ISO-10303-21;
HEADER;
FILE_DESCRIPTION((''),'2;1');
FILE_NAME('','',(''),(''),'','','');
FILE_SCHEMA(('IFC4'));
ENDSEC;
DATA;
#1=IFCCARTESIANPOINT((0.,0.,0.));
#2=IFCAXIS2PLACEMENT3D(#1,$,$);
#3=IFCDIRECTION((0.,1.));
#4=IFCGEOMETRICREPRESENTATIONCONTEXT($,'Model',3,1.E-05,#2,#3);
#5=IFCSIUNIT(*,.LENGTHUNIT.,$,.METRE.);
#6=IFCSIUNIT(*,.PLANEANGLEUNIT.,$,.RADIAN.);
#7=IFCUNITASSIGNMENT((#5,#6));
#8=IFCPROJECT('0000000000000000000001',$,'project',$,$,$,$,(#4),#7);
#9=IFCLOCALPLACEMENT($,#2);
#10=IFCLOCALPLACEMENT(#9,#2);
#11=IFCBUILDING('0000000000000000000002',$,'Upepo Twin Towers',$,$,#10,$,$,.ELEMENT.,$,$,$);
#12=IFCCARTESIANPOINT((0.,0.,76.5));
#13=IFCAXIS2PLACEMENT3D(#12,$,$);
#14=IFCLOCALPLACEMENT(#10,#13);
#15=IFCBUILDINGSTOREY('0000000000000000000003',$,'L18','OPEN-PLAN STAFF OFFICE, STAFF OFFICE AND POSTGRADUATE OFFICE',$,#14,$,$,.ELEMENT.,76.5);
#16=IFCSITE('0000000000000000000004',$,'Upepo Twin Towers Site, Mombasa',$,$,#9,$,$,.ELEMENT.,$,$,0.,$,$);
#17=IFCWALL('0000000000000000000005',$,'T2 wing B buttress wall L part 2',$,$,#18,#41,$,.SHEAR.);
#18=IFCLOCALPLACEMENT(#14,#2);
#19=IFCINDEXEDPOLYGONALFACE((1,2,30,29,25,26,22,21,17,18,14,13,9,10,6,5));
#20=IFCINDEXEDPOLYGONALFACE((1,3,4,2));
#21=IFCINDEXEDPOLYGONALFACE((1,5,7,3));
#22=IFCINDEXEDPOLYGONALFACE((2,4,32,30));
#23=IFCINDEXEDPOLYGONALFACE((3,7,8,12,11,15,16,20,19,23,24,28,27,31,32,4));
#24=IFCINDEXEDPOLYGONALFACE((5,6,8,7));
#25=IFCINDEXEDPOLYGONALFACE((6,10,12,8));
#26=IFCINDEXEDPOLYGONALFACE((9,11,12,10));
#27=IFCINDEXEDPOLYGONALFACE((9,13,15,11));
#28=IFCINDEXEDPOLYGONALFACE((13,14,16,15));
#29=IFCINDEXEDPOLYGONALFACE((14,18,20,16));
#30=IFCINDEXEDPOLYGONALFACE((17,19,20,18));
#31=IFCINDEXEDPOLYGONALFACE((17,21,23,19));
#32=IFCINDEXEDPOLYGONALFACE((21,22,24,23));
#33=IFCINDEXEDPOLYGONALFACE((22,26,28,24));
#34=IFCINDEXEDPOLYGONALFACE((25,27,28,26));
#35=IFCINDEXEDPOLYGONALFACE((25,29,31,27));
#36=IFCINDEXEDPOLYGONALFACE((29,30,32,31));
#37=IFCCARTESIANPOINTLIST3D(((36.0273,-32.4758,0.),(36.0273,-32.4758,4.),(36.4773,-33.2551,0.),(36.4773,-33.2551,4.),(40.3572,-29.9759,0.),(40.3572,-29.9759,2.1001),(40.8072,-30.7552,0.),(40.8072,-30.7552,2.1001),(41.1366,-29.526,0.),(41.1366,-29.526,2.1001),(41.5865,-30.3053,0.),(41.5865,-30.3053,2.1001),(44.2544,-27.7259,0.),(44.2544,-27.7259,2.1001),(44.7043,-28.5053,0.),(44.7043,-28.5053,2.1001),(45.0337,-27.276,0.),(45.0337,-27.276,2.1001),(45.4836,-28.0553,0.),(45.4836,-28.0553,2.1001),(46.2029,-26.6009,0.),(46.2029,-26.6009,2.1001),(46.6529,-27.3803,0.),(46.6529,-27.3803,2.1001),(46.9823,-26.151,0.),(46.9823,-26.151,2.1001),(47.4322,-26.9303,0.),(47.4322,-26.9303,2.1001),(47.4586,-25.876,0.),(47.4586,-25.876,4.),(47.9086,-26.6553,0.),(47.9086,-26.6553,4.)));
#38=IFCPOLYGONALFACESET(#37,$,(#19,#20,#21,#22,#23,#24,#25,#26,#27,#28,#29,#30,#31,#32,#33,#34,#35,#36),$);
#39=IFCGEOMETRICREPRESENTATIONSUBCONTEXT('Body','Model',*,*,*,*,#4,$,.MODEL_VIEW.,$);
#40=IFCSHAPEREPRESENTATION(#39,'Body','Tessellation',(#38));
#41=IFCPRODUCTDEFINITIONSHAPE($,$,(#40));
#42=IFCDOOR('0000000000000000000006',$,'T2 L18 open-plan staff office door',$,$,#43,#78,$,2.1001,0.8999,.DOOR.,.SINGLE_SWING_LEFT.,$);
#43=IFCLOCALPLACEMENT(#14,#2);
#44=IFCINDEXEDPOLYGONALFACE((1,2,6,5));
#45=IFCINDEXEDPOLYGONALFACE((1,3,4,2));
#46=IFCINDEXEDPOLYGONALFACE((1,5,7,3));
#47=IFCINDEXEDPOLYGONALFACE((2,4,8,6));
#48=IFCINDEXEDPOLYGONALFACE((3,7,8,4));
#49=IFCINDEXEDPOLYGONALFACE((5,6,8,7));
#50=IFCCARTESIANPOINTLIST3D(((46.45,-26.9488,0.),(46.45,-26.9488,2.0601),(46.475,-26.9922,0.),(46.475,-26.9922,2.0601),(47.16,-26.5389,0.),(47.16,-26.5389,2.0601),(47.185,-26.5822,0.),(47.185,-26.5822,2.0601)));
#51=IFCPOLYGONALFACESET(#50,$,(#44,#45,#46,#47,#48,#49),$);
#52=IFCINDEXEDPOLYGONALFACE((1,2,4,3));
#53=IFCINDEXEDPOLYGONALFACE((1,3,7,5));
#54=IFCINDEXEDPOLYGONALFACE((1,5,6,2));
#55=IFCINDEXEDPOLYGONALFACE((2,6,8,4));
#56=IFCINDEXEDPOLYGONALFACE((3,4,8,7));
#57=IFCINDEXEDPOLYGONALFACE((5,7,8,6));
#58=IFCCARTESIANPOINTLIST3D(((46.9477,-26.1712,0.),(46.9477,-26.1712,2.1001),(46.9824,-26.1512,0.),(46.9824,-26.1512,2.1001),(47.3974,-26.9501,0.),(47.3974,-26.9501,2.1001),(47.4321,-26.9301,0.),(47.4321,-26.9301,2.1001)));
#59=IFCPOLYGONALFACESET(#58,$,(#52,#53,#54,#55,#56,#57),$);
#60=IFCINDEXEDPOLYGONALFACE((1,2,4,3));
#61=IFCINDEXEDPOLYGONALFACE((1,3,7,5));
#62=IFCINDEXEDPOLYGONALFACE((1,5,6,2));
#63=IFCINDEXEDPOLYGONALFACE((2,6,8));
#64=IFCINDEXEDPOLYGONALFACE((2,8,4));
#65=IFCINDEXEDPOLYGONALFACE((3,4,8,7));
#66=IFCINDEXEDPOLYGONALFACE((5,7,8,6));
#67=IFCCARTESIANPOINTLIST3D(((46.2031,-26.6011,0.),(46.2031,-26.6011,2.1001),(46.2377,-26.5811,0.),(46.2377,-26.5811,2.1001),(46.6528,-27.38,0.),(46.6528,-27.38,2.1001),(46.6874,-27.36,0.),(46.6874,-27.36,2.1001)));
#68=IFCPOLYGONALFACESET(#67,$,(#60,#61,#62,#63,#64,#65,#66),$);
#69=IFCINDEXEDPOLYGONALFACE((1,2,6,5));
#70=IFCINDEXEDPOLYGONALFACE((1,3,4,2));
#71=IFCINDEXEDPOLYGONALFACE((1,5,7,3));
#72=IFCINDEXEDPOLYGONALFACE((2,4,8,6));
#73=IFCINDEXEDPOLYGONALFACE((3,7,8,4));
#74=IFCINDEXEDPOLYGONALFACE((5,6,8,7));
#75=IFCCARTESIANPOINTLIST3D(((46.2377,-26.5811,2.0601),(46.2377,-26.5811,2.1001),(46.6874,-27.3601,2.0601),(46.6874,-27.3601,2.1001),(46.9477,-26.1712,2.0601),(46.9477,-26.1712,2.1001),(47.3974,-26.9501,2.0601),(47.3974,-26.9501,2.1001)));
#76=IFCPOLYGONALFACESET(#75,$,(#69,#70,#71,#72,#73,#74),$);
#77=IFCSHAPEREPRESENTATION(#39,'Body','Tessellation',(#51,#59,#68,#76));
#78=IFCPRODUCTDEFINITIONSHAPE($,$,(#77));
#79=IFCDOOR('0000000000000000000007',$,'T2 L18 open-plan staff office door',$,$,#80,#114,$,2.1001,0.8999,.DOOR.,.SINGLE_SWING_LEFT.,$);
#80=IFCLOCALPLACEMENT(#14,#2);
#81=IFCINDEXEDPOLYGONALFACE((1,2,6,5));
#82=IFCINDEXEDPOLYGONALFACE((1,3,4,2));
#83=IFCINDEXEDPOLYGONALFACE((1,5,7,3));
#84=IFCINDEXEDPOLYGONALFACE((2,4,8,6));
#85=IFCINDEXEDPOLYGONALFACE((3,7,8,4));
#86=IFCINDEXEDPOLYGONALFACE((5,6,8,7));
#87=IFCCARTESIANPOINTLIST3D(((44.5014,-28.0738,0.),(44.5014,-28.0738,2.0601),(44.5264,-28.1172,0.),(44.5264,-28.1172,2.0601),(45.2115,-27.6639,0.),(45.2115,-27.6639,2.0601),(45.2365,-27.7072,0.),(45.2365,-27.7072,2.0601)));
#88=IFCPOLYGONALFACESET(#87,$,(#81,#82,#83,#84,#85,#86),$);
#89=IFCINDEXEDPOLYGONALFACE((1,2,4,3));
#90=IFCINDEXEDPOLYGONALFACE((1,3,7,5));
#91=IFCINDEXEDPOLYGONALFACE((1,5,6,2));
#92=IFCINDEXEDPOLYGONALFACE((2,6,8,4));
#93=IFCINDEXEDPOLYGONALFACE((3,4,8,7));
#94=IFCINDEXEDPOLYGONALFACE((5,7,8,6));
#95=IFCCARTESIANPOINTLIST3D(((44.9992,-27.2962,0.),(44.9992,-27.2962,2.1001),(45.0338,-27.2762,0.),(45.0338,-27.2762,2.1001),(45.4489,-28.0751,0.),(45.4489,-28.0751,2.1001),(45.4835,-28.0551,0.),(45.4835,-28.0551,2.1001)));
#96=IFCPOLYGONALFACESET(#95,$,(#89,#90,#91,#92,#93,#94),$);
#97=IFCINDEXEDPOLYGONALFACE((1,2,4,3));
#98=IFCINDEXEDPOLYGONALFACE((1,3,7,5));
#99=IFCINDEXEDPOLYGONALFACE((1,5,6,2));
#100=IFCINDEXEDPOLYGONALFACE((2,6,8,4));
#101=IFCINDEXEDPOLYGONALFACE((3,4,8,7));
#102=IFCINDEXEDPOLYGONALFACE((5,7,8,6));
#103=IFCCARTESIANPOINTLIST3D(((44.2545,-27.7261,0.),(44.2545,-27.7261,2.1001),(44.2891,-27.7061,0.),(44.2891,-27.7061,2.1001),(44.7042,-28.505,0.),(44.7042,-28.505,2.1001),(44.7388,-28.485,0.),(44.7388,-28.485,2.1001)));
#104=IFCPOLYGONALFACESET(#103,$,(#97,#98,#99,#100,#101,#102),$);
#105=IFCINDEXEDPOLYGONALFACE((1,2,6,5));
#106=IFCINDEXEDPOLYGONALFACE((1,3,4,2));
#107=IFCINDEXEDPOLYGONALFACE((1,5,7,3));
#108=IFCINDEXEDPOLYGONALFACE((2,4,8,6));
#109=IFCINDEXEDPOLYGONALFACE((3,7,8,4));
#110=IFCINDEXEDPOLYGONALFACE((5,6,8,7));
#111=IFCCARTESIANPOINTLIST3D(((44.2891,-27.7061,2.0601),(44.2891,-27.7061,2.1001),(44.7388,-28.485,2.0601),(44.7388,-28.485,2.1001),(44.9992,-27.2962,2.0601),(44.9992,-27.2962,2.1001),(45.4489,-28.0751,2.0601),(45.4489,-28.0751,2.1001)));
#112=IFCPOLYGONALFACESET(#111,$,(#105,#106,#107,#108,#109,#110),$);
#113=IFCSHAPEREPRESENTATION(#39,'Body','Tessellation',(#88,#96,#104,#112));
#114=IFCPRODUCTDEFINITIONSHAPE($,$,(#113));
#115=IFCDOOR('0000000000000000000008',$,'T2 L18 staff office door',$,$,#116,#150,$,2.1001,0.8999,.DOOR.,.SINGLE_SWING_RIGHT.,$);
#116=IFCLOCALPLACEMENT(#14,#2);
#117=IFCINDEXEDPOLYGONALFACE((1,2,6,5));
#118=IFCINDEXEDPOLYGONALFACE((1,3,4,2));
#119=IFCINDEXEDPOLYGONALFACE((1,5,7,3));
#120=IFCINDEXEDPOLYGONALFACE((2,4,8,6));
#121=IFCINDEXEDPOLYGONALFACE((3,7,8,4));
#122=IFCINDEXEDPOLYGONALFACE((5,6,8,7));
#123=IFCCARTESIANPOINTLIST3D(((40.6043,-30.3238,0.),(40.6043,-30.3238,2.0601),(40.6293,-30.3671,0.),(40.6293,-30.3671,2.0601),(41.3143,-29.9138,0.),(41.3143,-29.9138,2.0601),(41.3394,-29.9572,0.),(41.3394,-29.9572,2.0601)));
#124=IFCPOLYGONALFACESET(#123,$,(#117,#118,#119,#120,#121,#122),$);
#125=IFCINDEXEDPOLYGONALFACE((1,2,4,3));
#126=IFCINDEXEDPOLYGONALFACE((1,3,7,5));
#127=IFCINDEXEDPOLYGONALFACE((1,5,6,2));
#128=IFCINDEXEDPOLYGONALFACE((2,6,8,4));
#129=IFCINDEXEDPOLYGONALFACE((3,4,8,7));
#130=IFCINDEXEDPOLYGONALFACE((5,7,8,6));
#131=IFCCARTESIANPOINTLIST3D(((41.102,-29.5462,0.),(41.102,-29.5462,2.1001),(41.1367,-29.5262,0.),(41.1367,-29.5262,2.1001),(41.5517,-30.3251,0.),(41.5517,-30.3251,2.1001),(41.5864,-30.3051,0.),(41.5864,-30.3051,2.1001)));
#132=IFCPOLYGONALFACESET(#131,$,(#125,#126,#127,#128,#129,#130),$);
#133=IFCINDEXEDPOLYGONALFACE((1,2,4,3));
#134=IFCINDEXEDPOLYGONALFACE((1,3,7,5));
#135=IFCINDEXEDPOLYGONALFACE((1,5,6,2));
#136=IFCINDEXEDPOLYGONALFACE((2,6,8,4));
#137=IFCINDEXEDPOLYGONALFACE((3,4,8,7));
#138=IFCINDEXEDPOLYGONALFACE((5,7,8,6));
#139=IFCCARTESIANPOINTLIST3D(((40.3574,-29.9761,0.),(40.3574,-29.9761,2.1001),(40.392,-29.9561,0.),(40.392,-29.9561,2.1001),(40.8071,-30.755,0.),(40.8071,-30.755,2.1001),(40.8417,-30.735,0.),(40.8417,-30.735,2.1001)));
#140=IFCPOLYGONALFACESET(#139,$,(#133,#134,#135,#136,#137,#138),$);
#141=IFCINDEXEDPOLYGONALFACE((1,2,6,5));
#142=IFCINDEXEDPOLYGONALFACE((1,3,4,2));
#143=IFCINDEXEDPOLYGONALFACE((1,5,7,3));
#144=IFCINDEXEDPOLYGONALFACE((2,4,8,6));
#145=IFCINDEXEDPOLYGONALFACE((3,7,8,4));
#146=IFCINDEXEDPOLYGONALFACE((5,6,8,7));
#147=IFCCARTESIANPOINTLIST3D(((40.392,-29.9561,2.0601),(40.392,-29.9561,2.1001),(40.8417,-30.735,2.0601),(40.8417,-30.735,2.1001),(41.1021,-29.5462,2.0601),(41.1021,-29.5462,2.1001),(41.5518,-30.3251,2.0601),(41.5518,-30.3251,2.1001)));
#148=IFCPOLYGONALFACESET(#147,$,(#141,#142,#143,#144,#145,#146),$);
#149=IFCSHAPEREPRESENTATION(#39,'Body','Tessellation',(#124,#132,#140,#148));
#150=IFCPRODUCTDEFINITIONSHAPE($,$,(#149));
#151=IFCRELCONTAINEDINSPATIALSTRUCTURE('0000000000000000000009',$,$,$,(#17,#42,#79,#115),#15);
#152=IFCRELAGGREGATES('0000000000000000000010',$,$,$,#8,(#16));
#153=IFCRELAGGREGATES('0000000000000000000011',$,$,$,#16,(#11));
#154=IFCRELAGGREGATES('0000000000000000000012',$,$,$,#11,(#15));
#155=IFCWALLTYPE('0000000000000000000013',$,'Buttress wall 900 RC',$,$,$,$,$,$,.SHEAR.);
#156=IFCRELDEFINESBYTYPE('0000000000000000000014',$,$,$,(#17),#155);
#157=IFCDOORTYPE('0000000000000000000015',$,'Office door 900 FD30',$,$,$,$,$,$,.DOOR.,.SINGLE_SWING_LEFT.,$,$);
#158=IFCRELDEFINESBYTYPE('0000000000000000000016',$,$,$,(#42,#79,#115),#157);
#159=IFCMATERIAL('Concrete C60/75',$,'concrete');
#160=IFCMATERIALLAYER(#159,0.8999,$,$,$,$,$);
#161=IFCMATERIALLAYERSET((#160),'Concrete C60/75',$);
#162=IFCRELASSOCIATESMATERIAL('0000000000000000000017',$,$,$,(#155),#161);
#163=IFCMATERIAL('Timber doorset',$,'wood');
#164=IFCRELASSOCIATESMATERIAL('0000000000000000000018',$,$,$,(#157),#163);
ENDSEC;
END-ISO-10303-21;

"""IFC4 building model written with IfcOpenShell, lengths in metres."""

from ifc_helpers import new_model, si_unit, direction, frame, frame_2d, origin, place, context, subcontext, project, spatial, rectangle, extrude, material, layer, layer_set, type_object, element, fill, save


model = new_model("IFC4")

# Units and contexts
model_context = context("Model", 3, precision=1e-05, world=origin(), true_north=direction((0.0, 1.0)))
body_context = subcontext(model_context, "Body", "Model", "MODEL_VIEW")
ifc_project = project(units=[si_unit("LENGTHUNIT", "METRE"), si_unit("PLANEANGLEUNIT", "RADIAN")], contexts=[model_context])

# Site, building, storey
site_placement = place(None, origin())
site = spatial("IfcSite", under=ifc_project, at=site_placement, Name="Upepo Twin Towers Site, Mombasa", CompositionType="ELEMENT", RefElevation=0.0)
building_placement = place(site_placement, origin())
building = spatial("IfcBuilding", under=site, at=building_placement, Name="Upepo Twin Towers", CompositionType="ELEMENT")
storey_placement = place(building_placement, frame((0.0, 0.0, 76.5)))
storey = spatial("IfcBuildingStorey", under=building, at=storey_placement, Name="L18", Description="OPEN-PLAN STAFF OFFICE, STAFF OFFICE AND POSTGRADUATE OFFICE", CompositionType="ELEMENT", Elevation=76.5)

# Wall, openings, doors
ifc_material_1 = material(Name="Concrete C60/75", Category="concrete")
ifc_layer_1 = layer(ifc_material_1, 0.8999)
ifc_layer_set_1 = layer_set([ifc_layer_1], Name="Concrete C60/75")
wall_type_1 = type_object("IfcWallType", Name="Buttress wall 900 RC", PredefinedType="SHEAR", material=ifc_layer_set_1)
wall_1_placement = place(storey_placement, frame((47.6836, -26.2656, 0.0), z_axis=(0.0, 0.0, 1.0), x_axis=(-0.866028, -0.499996, 0.0)))
wall_1 = element("IfcWall", 1, at=wall_1_placement, inside=storey, type_object=wall_type_1, Name="T2 wing B buttress wall L part 2", PredefinedType="SHEAR", context=body_context, shape_type="SweptSolid", body=[
    extrude(rectangle(XDim=13.1997, YDim=0.8999, at=frame_2d((6.5999, 0.0))), origin(), (0.0, 0.0, 1.0), 4.0),
])
opening_1_placement = place(wall_1_placement, frame((0.55, 0.0, 0.0)))
opening_1 = element("IfcOpeningElement", 2, at=opening_1_placement, cuts=wall_1, PredefinedType="OPENING", context=body_context, shape_type="SweptSolid", body=[
    extrude(rectangle(XDim=0.8999, YDim=2.1001, at=frame_2d((0.45, 1.05))), frame((0.0, 0.46, 0.0), z_axis=(0.0, -1.0, 0.0), x_axis=(1.0, 0.0, 0.0)), (0.0, 0.0, 1.0), 0.9199),
])
opening_2_placement = place(wall_1_placement, frame((2.8, 0.0, 0.0)))
opening_2 = element("IfcOpeningElement", 3, at=opening_2_placement, cuts=wall_1, PredefinedType="OPENING", context=body_context, shape_type="SweptSolid", body=[
    extrude(rectangle(XDim=0.8999, YDim=2.1001, at=frame_2d((0.45, 1.05))), frame((0.0, 0.46, 0.0), z_axis=(0.0, -1.0, 0.0), x_axis=(1.0, 0.0, 0.0)), (0.0, 0.0, 1.0), 0.9199),
])
opening_3_placement = place(wall_1_placement, frame((7.3, 0.0, 0.0)))
opening_3 = element("IfcOpeningElement", 4, at=opening_3_placement, cuts=wall_1, PredefinedType="OPENING", context=body_context, shape_type="SweptSolid", body=[
    extrude(rectangle(XDim=0.8999, YDim=2.1001, at=frame_2d((0.45, 1.05))), frame((0.0, 0.46, 0.0), z_axis=(0.0, -1.0, 0.0), x_axis=(1.0, 0.0, 0.0)), (0.0, 0.0, 1.0), 0.9199),
])
ifc_material_2 = material(Name="Timber doorset", Category="wood")
door_type = type_object("IfcDoorType", Name="Office door 900 FD30", OperationType="SINGLE_SWING_LEFT", PredefinedType="DOOR", material=ifc_material_2)
door_1_placement = place(opening_1_placement, origin())
door_1 = element("IfcDoor", 5, at=door_1_placement, inside=storey, type_object=door_type, Name="T2 L18 open-plan staff office door", OperationType="SINGLE_SWING_LEFT", OverallHeight=2.1001, OverallWidth=0.8999, PredefinedType="DOOR", context=body_context, shape_type="SweptSolid", body=[
    extrude(rectangle(XDim=0.8199, YDim=2.0601, at=frame_2d((0.45, 1.03))), frame((0.0, 0.0249, 0.0), z_axis=(0.0, -1.0, 0.0), x_axis=(1.0, 0.0, 0.0)), (0.0, 0.0, 1.0), 0.05),
    extrude(rectangle(XDim=0.04, YDim=2.1001, at=frame_2d((0.02, 1.05))), frame((0.0, 0.4497, 0.0), z_axis=(0.0, -1.0, 0.0), x_axis=(1.0, 0.0, 0.0)), (0.0, 0.0, 1.0), 0.8994),
    extrude(rectangle(XDim=0.04, YDim=2.1001, at=frame_2d((0.8799, 1.05))), frame((0.0, 0.4497, 0.0), z_axis=(0.0, -1.0, 0.0), x_axis=(1.0, 0.0, 0.0)), (0.0, 0.0, 1.0), 0.8994),
    extrude(rectangle(XDim=0.8199, YDim=0.04, at=frame_2d((0.45, 2.0801))), frame((0.0, 0.4497, 0.0), z_axis=(0.0, -1.0, 0.0), x_axis=(1.0, 0.0, 0.0)), (0.0, 0.0, 1.0), 0.8994),
])
fill(opening_1, door_1)
door_2_placement = place(opening_2_placement, origin())
door_2 = element("IfcDoor", 6, at=door_2_placement, inside=storey, type_object=door_type, Name="T2 L18 open-plan staff office door", OperationType="SINGLE_SWING_LEFT", OverallHeight=2.1001, OverallWidth=0.8999, PredefinedType="DOOR", context=body_context, shape_type="SweptSolid", body=[
    extrude(rectangle(XDim=0.8199, YDim=2.0601, at=frame_2d((0.45, 1.03))), frame((0.0, 0.0249, 0.0), z_axis=(0.0, -1.0, 0.0), x_axis=(1.0, 0.0, 0.0)), (0.0, 0.0, 1.0), 0.05),
    extrude(rectangle(XDim=0.04, YDim=2.1001, at=frame_2d((0.02, 1.05))), frame((0.0, 0.4497, 0.0), z_axis=(0.0, -1.0, 0.0), x_axis=(1.0, 0.0, 0.0)), (0.0, 0.0, 1.0), 0.8994),
    extrude(rectangle(XDim=0.04, YDim=2.1001, at=frame_2d((0.8799, 1.05))), frame((0.0, 0.4497, 0.0), z_axis=(0.0, -1.0, 0.0), x_axis=(1.0, 0.0, 0.0)), (0.0, 0.0, 1.0), 0.8994),
    extrude(rectangle(XDim=0.8199, YDim=0.04, at=frame_2d((0.45, 2.0801))), frame((0.0, 0.4497, 0.0), z_axis=(0.0, -1.0, 0.0), x_axis=(1.0, 0.0, 0.0)), (0.0, 0.0, 1.0), 0.8994),
])
fill(opening_2, door_2)
door_3_placement = place(opening_3_placement, origin())
door_3 = element("IfcDoor", 7, at=door_3_placement, inside=storey, type_object=door_type, Name="T2 L18 staff office door", OperationType="SINGLE_SWING_RIGHT", OverallHeight=2.1001, OverallWidth=0.8999, PredefinedType="DOOR", context=body_context, shape_type="SweptSolid", body=[
    extrude(rectangle(XDim=0.8199, YDim=2.0601, at=frame_2d((0.45, 1.03))), frame((0.0, 0.0249, 0.0), z_axis=(0.0, -1.0, 0.0), x_axis=(1.0, 0.0, 0.0)), (0.0, 0.0, 1.0), 0.05),
    extrude(rectangle(XDim=0.04, YDim=2.1001, at=frame_2d((0.02, 1.05))), frame((0.0, 0.4497, 0.0), z_axis=(0.0, -1.0, 0.0), x_axis=(1.0, 0.0, 0.0)), (0.0, 0.0, 1.0), 0.8994),
    extrude(rectangle(XDim=0.04, YDim=2.1001, at=frame_2d((0.8799, 1.05))), frame((0.0, 0.4497, 0.0), z_axis=(0.0, -1.0, 0.0), x_axis=(1.0, 0.0, 0.0)), (0.0, 0.0, 1.0), 0.8994),
    extrude(rectangle(XDim=0.8199, YDim=0.04, at=frame_2d((0.45, 2.0801))), frame((0.0, 0.4497, 0.0), z_axis=(0.0, -1.0, 0.0), x_axis=(1.0, 0.0, 0.0)), (0.0, 0.0, 1.0), 0.8994),
])
fill(opening_3, door_3)

save(model, "model.ifc")
